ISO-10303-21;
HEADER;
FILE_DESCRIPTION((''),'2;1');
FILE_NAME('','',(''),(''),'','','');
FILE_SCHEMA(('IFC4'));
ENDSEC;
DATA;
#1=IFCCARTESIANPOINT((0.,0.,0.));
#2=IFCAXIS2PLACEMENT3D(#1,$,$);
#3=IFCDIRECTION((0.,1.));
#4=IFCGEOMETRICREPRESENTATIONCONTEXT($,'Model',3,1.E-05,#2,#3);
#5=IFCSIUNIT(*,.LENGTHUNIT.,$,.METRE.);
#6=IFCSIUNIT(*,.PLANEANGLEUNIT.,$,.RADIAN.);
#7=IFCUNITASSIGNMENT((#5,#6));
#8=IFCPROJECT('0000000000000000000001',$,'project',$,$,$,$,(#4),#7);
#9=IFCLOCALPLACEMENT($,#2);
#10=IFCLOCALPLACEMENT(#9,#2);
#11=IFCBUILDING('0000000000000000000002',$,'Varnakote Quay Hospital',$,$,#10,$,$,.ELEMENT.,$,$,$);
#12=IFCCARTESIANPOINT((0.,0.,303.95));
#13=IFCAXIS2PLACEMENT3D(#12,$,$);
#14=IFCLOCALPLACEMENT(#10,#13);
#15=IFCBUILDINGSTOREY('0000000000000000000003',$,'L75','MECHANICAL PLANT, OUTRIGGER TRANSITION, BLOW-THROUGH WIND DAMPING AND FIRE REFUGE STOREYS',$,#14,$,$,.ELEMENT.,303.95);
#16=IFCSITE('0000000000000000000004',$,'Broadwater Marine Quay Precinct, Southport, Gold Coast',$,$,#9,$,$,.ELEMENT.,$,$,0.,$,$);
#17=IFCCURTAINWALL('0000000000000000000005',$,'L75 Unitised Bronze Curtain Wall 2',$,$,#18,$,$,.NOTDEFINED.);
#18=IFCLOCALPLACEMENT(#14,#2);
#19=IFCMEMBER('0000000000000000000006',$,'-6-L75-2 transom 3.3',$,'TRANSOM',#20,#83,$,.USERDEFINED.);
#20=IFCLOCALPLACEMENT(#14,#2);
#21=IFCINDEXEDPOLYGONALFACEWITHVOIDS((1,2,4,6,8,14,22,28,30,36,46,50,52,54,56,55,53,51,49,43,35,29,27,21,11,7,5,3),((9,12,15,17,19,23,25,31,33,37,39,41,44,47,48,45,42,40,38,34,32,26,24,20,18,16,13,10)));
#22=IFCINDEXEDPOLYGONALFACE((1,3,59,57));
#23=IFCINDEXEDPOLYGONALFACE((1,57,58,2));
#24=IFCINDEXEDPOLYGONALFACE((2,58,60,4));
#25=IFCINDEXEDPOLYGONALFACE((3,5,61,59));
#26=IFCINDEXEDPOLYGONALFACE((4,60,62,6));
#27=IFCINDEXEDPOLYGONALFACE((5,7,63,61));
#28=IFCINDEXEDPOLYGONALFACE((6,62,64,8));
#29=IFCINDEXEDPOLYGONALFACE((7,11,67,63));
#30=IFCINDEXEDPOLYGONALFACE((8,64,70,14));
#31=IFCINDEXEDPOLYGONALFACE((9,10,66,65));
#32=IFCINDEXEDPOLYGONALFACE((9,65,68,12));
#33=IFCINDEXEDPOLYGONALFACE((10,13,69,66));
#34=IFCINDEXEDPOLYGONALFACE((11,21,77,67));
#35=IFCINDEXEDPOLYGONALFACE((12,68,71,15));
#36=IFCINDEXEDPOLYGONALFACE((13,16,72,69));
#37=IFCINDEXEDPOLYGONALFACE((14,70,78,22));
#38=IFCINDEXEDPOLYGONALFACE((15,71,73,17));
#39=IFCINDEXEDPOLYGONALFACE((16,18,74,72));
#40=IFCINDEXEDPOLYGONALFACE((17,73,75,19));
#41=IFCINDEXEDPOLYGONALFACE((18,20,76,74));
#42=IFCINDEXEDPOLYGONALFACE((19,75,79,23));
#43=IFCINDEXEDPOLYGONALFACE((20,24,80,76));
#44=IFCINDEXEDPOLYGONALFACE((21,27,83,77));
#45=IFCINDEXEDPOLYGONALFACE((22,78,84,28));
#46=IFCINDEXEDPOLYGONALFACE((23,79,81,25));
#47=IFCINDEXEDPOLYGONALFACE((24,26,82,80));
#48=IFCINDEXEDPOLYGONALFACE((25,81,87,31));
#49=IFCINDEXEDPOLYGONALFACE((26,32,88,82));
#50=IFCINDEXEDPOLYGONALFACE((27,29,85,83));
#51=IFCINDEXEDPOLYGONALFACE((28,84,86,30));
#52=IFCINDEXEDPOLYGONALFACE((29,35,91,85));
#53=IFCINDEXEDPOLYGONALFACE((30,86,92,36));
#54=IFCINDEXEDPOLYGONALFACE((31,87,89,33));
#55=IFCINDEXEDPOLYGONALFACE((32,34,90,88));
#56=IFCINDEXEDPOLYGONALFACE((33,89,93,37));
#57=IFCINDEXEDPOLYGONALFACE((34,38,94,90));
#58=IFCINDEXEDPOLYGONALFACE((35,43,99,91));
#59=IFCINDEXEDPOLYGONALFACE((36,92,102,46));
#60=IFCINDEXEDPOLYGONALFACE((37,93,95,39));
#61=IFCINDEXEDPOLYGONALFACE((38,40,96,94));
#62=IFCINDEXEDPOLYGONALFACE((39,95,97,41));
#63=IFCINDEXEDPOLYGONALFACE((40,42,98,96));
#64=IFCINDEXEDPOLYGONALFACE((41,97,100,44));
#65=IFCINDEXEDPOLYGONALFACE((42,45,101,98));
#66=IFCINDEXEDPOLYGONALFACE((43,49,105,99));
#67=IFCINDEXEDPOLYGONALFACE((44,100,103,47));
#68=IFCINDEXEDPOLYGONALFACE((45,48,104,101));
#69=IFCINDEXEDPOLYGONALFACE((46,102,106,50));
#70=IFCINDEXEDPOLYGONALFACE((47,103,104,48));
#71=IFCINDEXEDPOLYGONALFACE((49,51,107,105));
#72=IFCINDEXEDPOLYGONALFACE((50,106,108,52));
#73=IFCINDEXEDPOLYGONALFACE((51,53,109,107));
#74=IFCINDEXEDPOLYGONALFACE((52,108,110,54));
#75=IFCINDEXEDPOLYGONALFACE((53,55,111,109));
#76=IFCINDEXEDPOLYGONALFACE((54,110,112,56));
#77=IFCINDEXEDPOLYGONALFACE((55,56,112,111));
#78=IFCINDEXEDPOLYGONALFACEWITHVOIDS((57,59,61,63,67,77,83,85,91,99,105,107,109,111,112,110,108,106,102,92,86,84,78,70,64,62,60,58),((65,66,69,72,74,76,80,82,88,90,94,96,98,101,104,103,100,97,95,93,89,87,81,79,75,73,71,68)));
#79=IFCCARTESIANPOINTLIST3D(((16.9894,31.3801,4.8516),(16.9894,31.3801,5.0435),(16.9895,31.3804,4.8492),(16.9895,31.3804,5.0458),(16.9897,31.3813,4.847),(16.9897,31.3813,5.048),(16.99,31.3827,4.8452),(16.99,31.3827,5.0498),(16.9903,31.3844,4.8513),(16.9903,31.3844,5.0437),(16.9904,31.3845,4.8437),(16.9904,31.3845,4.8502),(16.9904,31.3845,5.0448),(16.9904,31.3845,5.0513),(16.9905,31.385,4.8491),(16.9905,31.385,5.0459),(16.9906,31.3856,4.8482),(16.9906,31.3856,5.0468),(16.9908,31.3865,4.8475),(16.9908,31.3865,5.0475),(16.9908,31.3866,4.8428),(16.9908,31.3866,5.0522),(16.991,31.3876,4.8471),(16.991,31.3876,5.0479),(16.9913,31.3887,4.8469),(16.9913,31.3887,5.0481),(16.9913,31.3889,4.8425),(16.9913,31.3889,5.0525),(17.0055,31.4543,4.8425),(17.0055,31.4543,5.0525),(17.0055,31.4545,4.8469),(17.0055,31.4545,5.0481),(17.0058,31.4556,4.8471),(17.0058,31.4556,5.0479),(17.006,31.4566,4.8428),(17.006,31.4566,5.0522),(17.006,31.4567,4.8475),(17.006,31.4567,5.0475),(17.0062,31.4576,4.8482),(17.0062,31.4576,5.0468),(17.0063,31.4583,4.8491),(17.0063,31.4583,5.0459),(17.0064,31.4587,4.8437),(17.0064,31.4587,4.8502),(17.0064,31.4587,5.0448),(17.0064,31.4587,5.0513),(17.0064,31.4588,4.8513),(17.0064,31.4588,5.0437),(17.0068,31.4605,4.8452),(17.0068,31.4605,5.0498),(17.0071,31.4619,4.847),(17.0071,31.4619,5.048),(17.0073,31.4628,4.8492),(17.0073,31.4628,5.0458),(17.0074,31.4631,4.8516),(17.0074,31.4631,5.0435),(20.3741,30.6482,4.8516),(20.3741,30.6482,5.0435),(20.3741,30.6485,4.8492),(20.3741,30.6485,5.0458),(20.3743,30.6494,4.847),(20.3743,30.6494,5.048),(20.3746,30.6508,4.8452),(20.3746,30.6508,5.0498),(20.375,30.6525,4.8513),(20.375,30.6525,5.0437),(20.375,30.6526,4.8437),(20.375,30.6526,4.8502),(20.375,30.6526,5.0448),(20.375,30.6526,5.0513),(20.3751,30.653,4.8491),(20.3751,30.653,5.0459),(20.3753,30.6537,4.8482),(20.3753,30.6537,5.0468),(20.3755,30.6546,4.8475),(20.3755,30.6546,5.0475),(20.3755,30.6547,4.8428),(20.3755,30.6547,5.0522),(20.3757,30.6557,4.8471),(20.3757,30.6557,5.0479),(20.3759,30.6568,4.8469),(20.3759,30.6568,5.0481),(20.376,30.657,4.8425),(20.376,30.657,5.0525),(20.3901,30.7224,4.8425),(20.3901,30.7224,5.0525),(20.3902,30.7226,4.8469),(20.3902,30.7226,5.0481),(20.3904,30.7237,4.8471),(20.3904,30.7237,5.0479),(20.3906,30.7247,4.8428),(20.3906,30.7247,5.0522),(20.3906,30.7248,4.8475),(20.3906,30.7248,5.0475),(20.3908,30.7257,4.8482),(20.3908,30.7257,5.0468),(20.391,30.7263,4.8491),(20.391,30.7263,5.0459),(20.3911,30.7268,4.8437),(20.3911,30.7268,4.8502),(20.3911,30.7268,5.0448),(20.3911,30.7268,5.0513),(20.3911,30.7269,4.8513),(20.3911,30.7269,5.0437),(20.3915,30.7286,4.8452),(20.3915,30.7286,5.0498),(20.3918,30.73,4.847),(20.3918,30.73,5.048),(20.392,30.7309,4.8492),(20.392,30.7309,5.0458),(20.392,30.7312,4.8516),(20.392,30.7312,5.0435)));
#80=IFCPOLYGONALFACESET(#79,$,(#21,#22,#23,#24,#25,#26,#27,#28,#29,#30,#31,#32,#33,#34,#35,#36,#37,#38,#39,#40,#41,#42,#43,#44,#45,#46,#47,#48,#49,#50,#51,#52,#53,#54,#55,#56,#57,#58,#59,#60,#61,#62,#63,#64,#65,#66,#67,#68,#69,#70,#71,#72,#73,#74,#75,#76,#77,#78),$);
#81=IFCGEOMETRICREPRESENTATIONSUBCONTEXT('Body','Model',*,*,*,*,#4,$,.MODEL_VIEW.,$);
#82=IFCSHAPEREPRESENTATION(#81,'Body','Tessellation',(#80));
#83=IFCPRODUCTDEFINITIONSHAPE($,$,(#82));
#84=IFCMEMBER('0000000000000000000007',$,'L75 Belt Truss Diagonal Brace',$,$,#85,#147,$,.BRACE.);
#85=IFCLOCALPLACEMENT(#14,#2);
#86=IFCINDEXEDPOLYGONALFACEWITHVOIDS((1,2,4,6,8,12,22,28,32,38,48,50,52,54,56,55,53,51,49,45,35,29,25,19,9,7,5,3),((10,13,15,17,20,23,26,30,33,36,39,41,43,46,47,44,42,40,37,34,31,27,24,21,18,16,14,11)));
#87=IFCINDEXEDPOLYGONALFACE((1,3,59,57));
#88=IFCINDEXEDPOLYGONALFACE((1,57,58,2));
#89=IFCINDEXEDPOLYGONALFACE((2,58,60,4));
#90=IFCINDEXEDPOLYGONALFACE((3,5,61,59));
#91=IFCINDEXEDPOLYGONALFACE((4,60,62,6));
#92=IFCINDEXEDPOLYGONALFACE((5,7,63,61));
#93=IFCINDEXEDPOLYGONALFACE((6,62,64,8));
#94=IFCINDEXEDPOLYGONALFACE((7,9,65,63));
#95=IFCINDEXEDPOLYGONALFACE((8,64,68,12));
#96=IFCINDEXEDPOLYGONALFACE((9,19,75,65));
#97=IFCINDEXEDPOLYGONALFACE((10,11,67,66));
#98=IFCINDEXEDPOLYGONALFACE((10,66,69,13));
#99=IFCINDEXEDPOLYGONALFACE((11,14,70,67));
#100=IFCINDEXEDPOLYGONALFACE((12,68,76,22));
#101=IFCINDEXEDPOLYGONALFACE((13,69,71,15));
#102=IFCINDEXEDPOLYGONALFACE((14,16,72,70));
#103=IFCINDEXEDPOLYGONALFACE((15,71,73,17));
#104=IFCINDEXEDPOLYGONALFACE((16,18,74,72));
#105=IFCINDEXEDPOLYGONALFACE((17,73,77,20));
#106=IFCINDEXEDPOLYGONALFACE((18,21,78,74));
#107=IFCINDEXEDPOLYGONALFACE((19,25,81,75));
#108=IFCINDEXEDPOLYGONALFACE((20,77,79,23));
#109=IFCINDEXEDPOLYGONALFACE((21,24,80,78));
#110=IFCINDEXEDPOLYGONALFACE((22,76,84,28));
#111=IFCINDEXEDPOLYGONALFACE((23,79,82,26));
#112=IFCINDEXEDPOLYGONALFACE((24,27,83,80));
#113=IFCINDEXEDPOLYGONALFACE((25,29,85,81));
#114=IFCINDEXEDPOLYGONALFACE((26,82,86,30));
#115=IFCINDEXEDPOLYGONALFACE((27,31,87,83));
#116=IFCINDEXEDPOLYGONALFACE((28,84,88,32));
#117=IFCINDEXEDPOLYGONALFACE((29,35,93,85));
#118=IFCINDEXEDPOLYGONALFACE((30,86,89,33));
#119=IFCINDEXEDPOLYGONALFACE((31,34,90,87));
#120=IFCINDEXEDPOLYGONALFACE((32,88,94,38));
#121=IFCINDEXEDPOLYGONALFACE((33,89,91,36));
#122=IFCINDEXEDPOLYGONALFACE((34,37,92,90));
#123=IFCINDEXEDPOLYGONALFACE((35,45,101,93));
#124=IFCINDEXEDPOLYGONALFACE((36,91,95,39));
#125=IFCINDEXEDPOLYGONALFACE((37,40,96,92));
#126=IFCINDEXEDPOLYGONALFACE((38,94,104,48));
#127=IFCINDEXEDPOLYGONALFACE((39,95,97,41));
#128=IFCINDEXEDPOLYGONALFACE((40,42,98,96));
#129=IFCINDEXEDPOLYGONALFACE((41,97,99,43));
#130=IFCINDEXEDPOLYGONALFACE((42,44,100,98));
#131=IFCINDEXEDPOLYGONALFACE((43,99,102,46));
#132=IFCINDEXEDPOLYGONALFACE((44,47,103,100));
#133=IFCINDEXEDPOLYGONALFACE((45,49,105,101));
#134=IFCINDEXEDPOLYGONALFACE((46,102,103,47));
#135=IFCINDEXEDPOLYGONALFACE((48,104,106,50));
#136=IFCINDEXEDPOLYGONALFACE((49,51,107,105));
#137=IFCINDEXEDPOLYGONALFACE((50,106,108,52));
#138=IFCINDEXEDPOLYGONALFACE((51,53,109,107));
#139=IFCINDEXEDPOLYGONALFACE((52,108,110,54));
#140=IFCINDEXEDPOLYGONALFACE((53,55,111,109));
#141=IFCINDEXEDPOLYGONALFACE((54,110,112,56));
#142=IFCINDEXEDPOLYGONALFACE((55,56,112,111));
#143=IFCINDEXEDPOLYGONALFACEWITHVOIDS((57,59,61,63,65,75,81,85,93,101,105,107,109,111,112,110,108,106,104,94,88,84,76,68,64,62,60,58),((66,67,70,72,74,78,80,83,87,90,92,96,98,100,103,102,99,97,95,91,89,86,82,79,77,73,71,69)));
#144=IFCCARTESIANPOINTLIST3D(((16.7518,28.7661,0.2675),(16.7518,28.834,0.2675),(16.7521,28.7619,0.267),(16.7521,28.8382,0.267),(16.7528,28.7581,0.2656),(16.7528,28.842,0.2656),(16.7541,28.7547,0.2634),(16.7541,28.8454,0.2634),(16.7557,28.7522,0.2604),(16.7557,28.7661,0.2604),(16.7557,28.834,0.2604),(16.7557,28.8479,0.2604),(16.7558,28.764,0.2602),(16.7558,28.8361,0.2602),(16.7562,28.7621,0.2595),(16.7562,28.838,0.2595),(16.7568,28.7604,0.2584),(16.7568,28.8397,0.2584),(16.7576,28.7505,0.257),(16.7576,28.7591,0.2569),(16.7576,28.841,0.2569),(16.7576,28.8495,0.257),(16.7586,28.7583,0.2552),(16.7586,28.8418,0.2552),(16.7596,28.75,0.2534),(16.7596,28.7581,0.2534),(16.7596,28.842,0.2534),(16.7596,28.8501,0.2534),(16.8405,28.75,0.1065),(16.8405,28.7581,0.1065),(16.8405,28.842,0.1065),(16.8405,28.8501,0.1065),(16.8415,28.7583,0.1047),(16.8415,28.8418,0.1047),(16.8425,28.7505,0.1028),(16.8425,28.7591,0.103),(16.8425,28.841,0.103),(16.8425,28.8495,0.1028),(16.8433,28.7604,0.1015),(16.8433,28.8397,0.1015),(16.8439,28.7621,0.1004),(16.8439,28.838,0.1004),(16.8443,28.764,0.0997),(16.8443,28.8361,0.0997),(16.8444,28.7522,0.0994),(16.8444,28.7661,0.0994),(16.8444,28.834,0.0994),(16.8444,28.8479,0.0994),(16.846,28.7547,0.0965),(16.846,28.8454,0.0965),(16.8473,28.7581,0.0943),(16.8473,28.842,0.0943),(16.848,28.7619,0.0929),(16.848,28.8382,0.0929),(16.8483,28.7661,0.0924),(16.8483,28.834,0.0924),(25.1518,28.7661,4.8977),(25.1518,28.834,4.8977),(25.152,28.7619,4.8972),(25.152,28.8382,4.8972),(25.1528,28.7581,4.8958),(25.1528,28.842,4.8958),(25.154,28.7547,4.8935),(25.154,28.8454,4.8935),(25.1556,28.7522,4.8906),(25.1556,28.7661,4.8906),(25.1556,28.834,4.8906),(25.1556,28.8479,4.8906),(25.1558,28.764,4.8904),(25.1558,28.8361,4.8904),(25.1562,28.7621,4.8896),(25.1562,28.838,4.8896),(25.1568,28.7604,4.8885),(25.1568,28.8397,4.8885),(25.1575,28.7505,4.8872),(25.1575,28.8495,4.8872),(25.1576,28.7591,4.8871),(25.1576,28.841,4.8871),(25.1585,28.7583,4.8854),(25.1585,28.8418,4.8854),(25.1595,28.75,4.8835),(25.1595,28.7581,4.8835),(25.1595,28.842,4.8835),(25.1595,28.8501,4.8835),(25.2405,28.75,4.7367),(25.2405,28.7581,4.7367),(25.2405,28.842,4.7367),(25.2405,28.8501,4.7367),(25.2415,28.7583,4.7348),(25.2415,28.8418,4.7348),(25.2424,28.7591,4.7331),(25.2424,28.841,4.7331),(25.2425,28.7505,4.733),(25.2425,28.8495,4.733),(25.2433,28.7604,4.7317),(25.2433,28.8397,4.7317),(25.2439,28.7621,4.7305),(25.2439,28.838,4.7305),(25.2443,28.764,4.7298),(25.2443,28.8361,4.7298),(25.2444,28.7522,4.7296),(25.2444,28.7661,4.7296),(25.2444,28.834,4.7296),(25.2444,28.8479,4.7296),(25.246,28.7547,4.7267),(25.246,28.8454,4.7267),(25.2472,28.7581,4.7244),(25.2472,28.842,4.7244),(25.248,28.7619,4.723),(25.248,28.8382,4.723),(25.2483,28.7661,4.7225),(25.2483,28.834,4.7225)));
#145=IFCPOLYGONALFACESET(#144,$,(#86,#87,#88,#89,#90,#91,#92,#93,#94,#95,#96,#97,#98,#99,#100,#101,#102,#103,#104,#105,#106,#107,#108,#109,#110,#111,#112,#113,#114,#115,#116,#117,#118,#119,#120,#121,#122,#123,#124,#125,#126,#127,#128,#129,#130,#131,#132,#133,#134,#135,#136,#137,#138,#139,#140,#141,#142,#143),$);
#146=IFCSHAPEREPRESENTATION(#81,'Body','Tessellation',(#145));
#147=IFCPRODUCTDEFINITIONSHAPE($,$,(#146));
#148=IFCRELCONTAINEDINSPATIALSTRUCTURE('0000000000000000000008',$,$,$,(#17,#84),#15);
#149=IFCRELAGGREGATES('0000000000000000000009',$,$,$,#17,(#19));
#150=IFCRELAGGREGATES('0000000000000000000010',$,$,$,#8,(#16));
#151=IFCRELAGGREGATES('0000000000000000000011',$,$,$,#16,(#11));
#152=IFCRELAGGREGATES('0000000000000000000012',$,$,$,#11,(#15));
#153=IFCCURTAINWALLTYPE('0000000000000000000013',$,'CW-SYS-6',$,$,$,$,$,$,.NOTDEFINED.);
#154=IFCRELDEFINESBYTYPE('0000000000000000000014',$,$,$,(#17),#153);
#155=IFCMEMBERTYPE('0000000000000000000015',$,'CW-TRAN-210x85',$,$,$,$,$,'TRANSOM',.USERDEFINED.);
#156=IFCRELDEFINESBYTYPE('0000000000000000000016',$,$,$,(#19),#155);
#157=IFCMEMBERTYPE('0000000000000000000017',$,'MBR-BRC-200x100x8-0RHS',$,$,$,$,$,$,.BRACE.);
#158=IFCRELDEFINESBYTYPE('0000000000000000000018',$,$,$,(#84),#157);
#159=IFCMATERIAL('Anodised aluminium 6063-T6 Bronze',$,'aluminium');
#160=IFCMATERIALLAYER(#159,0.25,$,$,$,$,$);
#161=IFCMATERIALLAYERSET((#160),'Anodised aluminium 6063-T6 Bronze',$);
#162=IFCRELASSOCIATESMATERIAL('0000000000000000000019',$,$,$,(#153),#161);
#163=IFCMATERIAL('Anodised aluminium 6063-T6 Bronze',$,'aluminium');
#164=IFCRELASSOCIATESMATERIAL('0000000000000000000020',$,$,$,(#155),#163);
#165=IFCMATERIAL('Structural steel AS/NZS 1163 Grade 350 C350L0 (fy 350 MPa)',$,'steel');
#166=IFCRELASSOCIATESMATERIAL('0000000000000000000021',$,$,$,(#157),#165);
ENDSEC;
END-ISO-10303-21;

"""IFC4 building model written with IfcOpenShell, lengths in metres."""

from ifc_helpers import new_model, si_unit, direction, frame, origin, origin_2d, place, context, subcontext, project, spatial, hollow_rectangle, extrude, material, layer, layer_set, material_profile, profile_set, type_object, element, aggregate, save


model = new_model("IFC4")

# Units and contexts
model_context = context("Model", 3, precision=1e-05, world=origin(), true_north=direction((0.0, 1.0)))
body_context = subcontext(model_context, "Body", "Model", "MODEL_VIEW")
ifc_project = project(units=[si_unit("LENGTHUNIT", "METRE"), si_unit("PLANEANGLEUNIT", "RADIAN")], contexts=[model_context])

# Site, building, storey
site_placement = place(None, origin())
site = spatial("IfcSite", under=ifc_project, at=site_placement, Name="Broadwater Marine Quay Precinct, Southport, Gold Coast", CompositionType="ELEMENT", RefElevation=0.0)
building_placement = place(site_placement, origin())
building = spatial("IfcBuilding", under=site, at=building_placement, Name="Varnakote Quay Hospital", CompositionType="ELEMENT")
storey_placement = place(building_placement, frame((0.0, 0.0, 303.95)))
storey = spatial("IfcBuildingStorey", under=building, at=storey_placement, Name="L75", Description="MECHANICAL PLANT, OUTRIGGER TRANSITION, BLOW-THROUGH WIND DAMPING AND FIRE REFUGE STOREYS", CompositionType="ELEMENT", Elevation=303.95)

# Curtain wall, member
ifc_material_1 = material(Name="Anodised aluminium 6063-T6 Bronze", Category="aluminium")
ifc_layer_1 = layer(ifc_material_1, 0.25)
ifc_layer_set_1 = layer_set([ifc_layer_1], Name="Anodised aluminium 6063-T6 Bronze")
curtain_wall_type = type_object("IfcCurtainWallType", Name="CW-SYS-6", PredefinedType="NOTDEFINED", material=ifc_layer_set_1)
curtain_wall_placement = place(storey_placement, origin())
curtain_wall = element("IfcCurtainWall", 1, at=curtain_wall_placement, inside=storey, type_object=curtain_wall_type, Name="L75 Unitised Bronze Curtain Wall 2", PredefinedType="NOTDEFINED")
ifc_material_2 = material(Name="Anodised aluminium 6063-T6 Bronze", Category="aluminium")
ifc_material_profile_1 = material_profile(ifc_material_2, hollow_rectangle(XDim=0.085, YDim=0.21, WallThickness=0.0044, InnerFilletRadius=0.0044, OuterFilletRadius=0.009, at=origin_2d()), Name="CW-TRAN-210x85")
ifc_profile_set_1 = profile_set([ifc_material_profile_1], Name="Anodised aluminium 6063-T6 Bronze")
member_type_1 = type_object("IfcMemberType", Name="CW-TRAN-210x85", ElementType="TRANSOM", PredefinedType="USERDEFINED", material=ifc_profile_set_1)
member_1_placement = place(storey_placement, frame((20.3831, 30.6897, 4.9475), z_axis=(-0.977409, 0.211358, 0.0), x_axis=(-0.211358, -0.977409, 0.0)))
member_1 = element("IfcMember", 2, at=member_1_placement, type_object=member_type_1, Name="-6-L75-2 transom 3.3", ObjectType="TRANSOM", PredefinedType="USERDEFINED", context=body_context, shape_type="SweptSolid", body=[
    extrude(hollow_rectangle(XDim=0.085, YDim=0.21, WallThickness=0.0044, InnerFilletRadius=0.0044, OuterFilletRadius=0.009, at=origin_2d()), origin(), (0.0, 0.0, 1.0), 3.4629),
])

# Member
ifc_material_3 = material(Name="Structural steel AS/NZS 1163 Grade 350 C350L0 (fy 350 MPa)", Category="steel")
ifc_material_profile_2 = material_profile(ifc_material_3, hollow_rectangle(XDim=0.1001, YDim=0.2, WallThickness=0.0081, InnerFilletRadius=0.0081, OuterFilletRadius=0.0161, at=origin_2d()), Name="200x100x8.0RHS")
ifc_profile_set_2 = profile_set([ifc_material_profile_2], Name="Structural steel AS/NZS 1163 Grade 350 C350L0 (fy 350 MPa)")
member_type_2 = type_object("IfcMemberType", Name="MBR-BRC-200x100x8-0RHS", PredefinedType="BRACE", material=ifc_profile_set_2)
member_2_placement = place(storey_placement, frame((16.8, 28.8, 0.1799), z_axis=(0.875767, 0.0, 0.482733), x_axis=(0.0, 1.0, 0.0)))
element("IfcMember", 3, at=member_2_placement, inside=storey, type_object=member_type_2, Name="L75 Belt Truss Diagonal Brace", PredefinedType="BRACE", context=body_context, shape_type="SweptSolid", body=[
    extrude(hollow_rectangle(XDim=0.1001, YDim=0.2, WallThickness=0.0081, InnerFilletRadius=0.0081, OuterFilletRadius=0.0161, at=origin_2d()), origin(), (0.0, 0.0, 1.0), 9.5916),
])

aggregate(curtain_wall, [member_1])

save(model, "model.ifc")
